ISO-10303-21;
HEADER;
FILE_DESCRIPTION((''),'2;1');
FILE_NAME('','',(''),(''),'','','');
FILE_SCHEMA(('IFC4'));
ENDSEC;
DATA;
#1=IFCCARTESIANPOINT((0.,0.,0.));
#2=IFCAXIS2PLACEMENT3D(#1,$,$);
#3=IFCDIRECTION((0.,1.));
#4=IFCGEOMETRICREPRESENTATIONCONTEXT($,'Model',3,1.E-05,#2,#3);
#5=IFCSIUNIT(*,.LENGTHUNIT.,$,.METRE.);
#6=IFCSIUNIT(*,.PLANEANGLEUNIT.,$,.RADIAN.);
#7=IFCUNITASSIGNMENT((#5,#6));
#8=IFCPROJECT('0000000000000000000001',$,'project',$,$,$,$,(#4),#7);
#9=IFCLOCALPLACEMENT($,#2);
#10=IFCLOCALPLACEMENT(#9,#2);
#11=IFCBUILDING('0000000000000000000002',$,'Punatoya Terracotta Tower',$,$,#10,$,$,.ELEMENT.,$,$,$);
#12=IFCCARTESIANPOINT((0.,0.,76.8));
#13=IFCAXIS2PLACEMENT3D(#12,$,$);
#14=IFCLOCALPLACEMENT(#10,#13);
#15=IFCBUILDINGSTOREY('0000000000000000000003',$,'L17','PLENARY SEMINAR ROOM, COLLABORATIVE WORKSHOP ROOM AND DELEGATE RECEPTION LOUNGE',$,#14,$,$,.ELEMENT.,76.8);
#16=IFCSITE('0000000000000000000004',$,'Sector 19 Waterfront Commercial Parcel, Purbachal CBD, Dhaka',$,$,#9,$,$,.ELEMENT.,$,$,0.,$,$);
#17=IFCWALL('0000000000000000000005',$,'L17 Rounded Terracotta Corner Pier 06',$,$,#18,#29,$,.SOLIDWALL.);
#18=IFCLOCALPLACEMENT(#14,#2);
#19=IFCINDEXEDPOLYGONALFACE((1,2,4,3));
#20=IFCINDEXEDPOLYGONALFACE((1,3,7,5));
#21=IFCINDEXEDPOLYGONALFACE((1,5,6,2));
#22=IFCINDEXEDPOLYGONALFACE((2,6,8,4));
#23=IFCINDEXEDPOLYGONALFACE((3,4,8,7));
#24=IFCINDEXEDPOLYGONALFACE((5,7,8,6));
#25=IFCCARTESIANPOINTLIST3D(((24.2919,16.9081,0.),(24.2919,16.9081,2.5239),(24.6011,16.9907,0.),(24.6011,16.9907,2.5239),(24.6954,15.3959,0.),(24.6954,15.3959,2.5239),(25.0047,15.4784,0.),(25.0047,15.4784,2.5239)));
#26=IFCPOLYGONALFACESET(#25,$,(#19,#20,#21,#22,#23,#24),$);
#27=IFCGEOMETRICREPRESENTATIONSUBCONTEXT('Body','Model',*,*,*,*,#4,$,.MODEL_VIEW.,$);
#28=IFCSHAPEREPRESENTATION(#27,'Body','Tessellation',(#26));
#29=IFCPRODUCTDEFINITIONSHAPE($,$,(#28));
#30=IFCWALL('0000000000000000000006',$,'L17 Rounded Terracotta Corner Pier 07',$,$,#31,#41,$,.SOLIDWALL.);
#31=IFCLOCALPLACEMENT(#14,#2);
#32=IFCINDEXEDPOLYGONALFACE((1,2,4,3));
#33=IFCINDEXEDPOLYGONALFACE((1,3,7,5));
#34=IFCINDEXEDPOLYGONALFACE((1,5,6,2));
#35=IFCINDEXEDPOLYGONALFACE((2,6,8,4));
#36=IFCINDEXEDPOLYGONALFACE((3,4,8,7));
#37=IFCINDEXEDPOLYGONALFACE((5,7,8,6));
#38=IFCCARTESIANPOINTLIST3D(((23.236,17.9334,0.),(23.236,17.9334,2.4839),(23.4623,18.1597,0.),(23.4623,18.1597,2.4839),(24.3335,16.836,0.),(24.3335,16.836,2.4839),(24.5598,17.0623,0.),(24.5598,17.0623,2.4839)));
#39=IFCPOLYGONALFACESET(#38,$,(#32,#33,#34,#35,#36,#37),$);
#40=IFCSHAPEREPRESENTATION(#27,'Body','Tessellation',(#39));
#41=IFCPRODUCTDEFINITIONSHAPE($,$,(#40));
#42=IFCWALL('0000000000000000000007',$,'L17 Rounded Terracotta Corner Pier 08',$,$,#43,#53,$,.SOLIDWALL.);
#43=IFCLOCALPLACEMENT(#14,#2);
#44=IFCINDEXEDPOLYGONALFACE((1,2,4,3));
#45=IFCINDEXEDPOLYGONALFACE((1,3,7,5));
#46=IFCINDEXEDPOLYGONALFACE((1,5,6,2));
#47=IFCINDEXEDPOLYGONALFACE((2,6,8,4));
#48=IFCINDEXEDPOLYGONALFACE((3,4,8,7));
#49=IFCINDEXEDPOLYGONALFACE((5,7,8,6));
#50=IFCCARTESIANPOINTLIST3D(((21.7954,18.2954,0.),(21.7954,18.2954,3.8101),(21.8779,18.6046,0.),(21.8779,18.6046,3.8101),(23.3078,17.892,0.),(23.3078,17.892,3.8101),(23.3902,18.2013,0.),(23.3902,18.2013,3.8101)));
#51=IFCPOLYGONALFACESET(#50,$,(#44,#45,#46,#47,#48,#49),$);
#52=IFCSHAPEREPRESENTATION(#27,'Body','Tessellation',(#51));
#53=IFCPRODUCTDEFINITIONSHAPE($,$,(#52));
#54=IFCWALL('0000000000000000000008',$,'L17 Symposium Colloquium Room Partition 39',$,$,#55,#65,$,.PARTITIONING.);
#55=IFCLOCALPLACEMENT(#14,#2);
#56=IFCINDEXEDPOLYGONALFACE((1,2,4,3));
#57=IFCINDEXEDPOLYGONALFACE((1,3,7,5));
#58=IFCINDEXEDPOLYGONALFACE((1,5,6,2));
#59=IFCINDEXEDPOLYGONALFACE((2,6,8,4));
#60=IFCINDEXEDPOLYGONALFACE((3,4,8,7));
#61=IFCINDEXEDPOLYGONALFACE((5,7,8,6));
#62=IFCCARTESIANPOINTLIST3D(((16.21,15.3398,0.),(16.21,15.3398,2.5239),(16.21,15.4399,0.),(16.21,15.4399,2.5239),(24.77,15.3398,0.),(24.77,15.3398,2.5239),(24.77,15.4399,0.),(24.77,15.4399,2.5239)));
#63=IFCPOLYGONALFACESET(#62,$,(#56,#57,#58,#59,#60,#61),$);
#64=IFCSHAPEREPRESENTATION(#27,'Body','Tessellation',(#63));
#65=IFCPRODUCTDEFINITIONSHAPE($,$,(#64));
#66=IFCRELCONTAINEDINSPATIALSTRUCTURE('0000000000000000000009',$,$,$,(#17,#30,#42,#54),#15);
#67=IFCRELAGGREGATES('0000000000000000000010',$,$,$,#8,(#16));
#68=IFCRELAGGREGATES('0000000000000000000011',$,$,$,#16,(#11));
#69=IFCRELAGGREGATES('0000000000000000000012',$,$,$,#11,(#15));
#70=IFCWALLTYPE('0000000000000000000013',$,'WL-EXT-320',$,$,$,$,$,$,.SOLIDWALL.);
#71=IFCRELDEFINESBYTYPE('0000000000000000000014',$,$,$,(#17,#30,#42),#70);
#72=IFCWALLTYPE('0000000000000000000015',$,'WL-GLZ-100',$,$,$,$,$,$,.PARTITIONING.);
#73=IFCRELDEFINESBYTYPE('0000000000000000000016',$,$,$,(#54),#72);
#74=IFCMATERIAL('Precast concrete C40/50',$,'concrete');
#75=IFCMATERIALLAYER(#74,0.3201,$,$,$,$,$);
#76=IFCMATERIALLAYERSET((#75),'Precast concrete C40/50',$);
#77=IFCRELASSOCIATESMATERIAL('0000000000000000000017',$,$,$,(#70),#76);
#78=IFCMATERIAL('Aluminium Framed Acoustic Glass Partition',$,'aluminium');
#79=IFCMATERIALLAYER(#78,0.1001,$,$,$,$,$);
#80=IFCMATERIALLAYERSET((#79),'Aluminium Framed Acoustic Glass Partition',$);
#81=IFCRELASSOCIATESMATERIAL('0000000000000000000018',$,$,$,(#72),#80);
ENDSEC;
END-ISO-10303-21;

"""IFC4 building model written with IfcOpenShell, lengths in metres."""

from ifc_helpers import new_model, si_unit, direction, frame, frame_2d, origin, place, context, subcontext, project, spatial, rectangle, extrude, material, layer, layer_set, type_object, element, save


model = new_model("IFC4")

# Units and contexts
model_context = context("Model", 3, precision=1e-05, world=origin(), true_north=direction((0.0, 1.0)))
body_context = subcontext(model_context, "Body", "Model", "MODEL_VIEW")
ifc_project = project(units=[si_unit("LENGTHUNIT", "METRE"), si_unit("PLANEANGLEUNIT", "RADIAN")], contexts=[model_context])

# Site, building, storey
site_placement = place(None, origin())
site = spatial("IfcSite", under=ifc_project, at=site_placement, Name="Sector 19 Waterfront Commercial Parcel, Purbachal CBD, Dhaka", CompositionType="ELEMENT", RefElevation=0.0)
building_placement = place(site_placement, origin())
building = spatial("IfcBuilding", under=site, at=building_placement, Name="Punatoya Terracotta Tower", CompositionType="ELEMENT")
storey_placement = place(building_placement, frame((0.0, 0.0, 76.8)))
storey = spatial("IfcBuildingStorey", under=building, at=storey_placement, Name="L17", Description="PLENARY SEMINAR ROOM, COLLABORATIVE WORKSHOP ROOM AND DELEGATE RECEPTION LOUNGE", CompositionType="ELEMENT", Elevation=76.8)

# Walls
ifc_material_1 = material(Name="Precast concrete C40/50", Category="concrete")
ifc_layer_1 = layer(ifc_material_1, 0.3201)
ifc_layer_set_1 = layer_set([ifc_layer_1], Name="Precast concrete C40/50")
wall_type_1 = type_object("IfcWallType", Name="WL-EXT-320", PredefinedType="SOLIDWALL", material=ifc_layer_set_1)
wall_1_placement = place(storey_placement, frame((24.8501, 15.437, 0.0), z_axis=(0.0, 0.0, 1.0), x_axis=(-0.257847, 0.966186, 0.0)))
element("IfcWall", 1, at=wall_1_placement, inside=storey, type_object=wall_type_1, Name="L17 Rounded Terracotta Corner Pier 06", PredefinedType="SOLIDWALL", context=body_context, shape_type="SweptSolid", body=[
    extrude(rectangle(XDim=1.5652, YDim=0.3201, at=frame_2d((0.7827, 0.0))), origin(), (0.0, 0.0, 1.0), 2.5239),
])
wall_2_placement = place(storey_placement, frame((24.4465, 16.9492, 0.0), z_axis=(0.0, 0.0, 1.0), x_axis=(-0.707107, 0.707107, 0.0)))
element("IfcWall", 2, at=wall_2_placement, inside=storey, type_object=wall_type_1, Name="L17 Rounded Terracotta Corner Pier 07", PredefinedType="SOLIDWALL", context=body_context, shape_type="SweptSolid", body=[
    extrude(rectangle(XDim=1.552, YDim=0.3201, at=frame_2d((0.7759, 0.0))), origin(), (0.0, 0.0, 1.0), 2.4839),
])
wall_3_placement = place(storey_placement, frame((23.3491, 18.0466, 0.0), z_axis=(0.0, 0.0, 1.0), x_axis=(-0.966225, 0.257701, 0.0)))
element("IfcWall", 3, at=wall_3_placement, inside=storey, type_object=wall_type_1, Name="L17 Rounded Terracotta Corner Pier 08", PredefinedType="SOLIDWALL", context=body_context, shape_type="SweptSolid", body=[
    extrude(rectangle(XDim=1.5652, YDim=0.3201, at=frame_2d((0.7827, 0.0))), origin(), (0.0, 0.0, 1.0), 3.8101),
])
ifc_material_2 = material(Name="Aluminium Framed Acoustic Glass Partition", Category="aluminium")
ifc_layer_2 = layer(ifc_material_2, 0.1001)
ifc_layer_set_2 = layer_set([ifc_layer_2], Name="Aluminium Framed Acoustic Glass Partition")
wall_type_2 = type_object("IfcWallType", Name="WL-GLZ-100", PredefinedType="PARTITIONING", material=ifc_layer_set_2)
wall_4_placement = place(storey_placement, frame((16.21, 15.3899, 0.0), z_axis=(0.0, 0.0, 1.0), x_axis=(1.0, 0.0, 0.0)))
element("IfcWall", 4, at=wall_4_placement, inside=storey, type_object=wall_type_2, Name="L17 Symposium Colloquium Room Partition 39", PredefinedType="PARTITIONING", context=body_context, shape_type="SweptSolid", body=[
    extrude(rectangle(XDim=8.5601, YDim=0.1001, at=frame_2d((4.28, 0.0))), origin(), (0.0, 0.0, 1.0), 2.5239),
])

save(model, "model.ifc")
